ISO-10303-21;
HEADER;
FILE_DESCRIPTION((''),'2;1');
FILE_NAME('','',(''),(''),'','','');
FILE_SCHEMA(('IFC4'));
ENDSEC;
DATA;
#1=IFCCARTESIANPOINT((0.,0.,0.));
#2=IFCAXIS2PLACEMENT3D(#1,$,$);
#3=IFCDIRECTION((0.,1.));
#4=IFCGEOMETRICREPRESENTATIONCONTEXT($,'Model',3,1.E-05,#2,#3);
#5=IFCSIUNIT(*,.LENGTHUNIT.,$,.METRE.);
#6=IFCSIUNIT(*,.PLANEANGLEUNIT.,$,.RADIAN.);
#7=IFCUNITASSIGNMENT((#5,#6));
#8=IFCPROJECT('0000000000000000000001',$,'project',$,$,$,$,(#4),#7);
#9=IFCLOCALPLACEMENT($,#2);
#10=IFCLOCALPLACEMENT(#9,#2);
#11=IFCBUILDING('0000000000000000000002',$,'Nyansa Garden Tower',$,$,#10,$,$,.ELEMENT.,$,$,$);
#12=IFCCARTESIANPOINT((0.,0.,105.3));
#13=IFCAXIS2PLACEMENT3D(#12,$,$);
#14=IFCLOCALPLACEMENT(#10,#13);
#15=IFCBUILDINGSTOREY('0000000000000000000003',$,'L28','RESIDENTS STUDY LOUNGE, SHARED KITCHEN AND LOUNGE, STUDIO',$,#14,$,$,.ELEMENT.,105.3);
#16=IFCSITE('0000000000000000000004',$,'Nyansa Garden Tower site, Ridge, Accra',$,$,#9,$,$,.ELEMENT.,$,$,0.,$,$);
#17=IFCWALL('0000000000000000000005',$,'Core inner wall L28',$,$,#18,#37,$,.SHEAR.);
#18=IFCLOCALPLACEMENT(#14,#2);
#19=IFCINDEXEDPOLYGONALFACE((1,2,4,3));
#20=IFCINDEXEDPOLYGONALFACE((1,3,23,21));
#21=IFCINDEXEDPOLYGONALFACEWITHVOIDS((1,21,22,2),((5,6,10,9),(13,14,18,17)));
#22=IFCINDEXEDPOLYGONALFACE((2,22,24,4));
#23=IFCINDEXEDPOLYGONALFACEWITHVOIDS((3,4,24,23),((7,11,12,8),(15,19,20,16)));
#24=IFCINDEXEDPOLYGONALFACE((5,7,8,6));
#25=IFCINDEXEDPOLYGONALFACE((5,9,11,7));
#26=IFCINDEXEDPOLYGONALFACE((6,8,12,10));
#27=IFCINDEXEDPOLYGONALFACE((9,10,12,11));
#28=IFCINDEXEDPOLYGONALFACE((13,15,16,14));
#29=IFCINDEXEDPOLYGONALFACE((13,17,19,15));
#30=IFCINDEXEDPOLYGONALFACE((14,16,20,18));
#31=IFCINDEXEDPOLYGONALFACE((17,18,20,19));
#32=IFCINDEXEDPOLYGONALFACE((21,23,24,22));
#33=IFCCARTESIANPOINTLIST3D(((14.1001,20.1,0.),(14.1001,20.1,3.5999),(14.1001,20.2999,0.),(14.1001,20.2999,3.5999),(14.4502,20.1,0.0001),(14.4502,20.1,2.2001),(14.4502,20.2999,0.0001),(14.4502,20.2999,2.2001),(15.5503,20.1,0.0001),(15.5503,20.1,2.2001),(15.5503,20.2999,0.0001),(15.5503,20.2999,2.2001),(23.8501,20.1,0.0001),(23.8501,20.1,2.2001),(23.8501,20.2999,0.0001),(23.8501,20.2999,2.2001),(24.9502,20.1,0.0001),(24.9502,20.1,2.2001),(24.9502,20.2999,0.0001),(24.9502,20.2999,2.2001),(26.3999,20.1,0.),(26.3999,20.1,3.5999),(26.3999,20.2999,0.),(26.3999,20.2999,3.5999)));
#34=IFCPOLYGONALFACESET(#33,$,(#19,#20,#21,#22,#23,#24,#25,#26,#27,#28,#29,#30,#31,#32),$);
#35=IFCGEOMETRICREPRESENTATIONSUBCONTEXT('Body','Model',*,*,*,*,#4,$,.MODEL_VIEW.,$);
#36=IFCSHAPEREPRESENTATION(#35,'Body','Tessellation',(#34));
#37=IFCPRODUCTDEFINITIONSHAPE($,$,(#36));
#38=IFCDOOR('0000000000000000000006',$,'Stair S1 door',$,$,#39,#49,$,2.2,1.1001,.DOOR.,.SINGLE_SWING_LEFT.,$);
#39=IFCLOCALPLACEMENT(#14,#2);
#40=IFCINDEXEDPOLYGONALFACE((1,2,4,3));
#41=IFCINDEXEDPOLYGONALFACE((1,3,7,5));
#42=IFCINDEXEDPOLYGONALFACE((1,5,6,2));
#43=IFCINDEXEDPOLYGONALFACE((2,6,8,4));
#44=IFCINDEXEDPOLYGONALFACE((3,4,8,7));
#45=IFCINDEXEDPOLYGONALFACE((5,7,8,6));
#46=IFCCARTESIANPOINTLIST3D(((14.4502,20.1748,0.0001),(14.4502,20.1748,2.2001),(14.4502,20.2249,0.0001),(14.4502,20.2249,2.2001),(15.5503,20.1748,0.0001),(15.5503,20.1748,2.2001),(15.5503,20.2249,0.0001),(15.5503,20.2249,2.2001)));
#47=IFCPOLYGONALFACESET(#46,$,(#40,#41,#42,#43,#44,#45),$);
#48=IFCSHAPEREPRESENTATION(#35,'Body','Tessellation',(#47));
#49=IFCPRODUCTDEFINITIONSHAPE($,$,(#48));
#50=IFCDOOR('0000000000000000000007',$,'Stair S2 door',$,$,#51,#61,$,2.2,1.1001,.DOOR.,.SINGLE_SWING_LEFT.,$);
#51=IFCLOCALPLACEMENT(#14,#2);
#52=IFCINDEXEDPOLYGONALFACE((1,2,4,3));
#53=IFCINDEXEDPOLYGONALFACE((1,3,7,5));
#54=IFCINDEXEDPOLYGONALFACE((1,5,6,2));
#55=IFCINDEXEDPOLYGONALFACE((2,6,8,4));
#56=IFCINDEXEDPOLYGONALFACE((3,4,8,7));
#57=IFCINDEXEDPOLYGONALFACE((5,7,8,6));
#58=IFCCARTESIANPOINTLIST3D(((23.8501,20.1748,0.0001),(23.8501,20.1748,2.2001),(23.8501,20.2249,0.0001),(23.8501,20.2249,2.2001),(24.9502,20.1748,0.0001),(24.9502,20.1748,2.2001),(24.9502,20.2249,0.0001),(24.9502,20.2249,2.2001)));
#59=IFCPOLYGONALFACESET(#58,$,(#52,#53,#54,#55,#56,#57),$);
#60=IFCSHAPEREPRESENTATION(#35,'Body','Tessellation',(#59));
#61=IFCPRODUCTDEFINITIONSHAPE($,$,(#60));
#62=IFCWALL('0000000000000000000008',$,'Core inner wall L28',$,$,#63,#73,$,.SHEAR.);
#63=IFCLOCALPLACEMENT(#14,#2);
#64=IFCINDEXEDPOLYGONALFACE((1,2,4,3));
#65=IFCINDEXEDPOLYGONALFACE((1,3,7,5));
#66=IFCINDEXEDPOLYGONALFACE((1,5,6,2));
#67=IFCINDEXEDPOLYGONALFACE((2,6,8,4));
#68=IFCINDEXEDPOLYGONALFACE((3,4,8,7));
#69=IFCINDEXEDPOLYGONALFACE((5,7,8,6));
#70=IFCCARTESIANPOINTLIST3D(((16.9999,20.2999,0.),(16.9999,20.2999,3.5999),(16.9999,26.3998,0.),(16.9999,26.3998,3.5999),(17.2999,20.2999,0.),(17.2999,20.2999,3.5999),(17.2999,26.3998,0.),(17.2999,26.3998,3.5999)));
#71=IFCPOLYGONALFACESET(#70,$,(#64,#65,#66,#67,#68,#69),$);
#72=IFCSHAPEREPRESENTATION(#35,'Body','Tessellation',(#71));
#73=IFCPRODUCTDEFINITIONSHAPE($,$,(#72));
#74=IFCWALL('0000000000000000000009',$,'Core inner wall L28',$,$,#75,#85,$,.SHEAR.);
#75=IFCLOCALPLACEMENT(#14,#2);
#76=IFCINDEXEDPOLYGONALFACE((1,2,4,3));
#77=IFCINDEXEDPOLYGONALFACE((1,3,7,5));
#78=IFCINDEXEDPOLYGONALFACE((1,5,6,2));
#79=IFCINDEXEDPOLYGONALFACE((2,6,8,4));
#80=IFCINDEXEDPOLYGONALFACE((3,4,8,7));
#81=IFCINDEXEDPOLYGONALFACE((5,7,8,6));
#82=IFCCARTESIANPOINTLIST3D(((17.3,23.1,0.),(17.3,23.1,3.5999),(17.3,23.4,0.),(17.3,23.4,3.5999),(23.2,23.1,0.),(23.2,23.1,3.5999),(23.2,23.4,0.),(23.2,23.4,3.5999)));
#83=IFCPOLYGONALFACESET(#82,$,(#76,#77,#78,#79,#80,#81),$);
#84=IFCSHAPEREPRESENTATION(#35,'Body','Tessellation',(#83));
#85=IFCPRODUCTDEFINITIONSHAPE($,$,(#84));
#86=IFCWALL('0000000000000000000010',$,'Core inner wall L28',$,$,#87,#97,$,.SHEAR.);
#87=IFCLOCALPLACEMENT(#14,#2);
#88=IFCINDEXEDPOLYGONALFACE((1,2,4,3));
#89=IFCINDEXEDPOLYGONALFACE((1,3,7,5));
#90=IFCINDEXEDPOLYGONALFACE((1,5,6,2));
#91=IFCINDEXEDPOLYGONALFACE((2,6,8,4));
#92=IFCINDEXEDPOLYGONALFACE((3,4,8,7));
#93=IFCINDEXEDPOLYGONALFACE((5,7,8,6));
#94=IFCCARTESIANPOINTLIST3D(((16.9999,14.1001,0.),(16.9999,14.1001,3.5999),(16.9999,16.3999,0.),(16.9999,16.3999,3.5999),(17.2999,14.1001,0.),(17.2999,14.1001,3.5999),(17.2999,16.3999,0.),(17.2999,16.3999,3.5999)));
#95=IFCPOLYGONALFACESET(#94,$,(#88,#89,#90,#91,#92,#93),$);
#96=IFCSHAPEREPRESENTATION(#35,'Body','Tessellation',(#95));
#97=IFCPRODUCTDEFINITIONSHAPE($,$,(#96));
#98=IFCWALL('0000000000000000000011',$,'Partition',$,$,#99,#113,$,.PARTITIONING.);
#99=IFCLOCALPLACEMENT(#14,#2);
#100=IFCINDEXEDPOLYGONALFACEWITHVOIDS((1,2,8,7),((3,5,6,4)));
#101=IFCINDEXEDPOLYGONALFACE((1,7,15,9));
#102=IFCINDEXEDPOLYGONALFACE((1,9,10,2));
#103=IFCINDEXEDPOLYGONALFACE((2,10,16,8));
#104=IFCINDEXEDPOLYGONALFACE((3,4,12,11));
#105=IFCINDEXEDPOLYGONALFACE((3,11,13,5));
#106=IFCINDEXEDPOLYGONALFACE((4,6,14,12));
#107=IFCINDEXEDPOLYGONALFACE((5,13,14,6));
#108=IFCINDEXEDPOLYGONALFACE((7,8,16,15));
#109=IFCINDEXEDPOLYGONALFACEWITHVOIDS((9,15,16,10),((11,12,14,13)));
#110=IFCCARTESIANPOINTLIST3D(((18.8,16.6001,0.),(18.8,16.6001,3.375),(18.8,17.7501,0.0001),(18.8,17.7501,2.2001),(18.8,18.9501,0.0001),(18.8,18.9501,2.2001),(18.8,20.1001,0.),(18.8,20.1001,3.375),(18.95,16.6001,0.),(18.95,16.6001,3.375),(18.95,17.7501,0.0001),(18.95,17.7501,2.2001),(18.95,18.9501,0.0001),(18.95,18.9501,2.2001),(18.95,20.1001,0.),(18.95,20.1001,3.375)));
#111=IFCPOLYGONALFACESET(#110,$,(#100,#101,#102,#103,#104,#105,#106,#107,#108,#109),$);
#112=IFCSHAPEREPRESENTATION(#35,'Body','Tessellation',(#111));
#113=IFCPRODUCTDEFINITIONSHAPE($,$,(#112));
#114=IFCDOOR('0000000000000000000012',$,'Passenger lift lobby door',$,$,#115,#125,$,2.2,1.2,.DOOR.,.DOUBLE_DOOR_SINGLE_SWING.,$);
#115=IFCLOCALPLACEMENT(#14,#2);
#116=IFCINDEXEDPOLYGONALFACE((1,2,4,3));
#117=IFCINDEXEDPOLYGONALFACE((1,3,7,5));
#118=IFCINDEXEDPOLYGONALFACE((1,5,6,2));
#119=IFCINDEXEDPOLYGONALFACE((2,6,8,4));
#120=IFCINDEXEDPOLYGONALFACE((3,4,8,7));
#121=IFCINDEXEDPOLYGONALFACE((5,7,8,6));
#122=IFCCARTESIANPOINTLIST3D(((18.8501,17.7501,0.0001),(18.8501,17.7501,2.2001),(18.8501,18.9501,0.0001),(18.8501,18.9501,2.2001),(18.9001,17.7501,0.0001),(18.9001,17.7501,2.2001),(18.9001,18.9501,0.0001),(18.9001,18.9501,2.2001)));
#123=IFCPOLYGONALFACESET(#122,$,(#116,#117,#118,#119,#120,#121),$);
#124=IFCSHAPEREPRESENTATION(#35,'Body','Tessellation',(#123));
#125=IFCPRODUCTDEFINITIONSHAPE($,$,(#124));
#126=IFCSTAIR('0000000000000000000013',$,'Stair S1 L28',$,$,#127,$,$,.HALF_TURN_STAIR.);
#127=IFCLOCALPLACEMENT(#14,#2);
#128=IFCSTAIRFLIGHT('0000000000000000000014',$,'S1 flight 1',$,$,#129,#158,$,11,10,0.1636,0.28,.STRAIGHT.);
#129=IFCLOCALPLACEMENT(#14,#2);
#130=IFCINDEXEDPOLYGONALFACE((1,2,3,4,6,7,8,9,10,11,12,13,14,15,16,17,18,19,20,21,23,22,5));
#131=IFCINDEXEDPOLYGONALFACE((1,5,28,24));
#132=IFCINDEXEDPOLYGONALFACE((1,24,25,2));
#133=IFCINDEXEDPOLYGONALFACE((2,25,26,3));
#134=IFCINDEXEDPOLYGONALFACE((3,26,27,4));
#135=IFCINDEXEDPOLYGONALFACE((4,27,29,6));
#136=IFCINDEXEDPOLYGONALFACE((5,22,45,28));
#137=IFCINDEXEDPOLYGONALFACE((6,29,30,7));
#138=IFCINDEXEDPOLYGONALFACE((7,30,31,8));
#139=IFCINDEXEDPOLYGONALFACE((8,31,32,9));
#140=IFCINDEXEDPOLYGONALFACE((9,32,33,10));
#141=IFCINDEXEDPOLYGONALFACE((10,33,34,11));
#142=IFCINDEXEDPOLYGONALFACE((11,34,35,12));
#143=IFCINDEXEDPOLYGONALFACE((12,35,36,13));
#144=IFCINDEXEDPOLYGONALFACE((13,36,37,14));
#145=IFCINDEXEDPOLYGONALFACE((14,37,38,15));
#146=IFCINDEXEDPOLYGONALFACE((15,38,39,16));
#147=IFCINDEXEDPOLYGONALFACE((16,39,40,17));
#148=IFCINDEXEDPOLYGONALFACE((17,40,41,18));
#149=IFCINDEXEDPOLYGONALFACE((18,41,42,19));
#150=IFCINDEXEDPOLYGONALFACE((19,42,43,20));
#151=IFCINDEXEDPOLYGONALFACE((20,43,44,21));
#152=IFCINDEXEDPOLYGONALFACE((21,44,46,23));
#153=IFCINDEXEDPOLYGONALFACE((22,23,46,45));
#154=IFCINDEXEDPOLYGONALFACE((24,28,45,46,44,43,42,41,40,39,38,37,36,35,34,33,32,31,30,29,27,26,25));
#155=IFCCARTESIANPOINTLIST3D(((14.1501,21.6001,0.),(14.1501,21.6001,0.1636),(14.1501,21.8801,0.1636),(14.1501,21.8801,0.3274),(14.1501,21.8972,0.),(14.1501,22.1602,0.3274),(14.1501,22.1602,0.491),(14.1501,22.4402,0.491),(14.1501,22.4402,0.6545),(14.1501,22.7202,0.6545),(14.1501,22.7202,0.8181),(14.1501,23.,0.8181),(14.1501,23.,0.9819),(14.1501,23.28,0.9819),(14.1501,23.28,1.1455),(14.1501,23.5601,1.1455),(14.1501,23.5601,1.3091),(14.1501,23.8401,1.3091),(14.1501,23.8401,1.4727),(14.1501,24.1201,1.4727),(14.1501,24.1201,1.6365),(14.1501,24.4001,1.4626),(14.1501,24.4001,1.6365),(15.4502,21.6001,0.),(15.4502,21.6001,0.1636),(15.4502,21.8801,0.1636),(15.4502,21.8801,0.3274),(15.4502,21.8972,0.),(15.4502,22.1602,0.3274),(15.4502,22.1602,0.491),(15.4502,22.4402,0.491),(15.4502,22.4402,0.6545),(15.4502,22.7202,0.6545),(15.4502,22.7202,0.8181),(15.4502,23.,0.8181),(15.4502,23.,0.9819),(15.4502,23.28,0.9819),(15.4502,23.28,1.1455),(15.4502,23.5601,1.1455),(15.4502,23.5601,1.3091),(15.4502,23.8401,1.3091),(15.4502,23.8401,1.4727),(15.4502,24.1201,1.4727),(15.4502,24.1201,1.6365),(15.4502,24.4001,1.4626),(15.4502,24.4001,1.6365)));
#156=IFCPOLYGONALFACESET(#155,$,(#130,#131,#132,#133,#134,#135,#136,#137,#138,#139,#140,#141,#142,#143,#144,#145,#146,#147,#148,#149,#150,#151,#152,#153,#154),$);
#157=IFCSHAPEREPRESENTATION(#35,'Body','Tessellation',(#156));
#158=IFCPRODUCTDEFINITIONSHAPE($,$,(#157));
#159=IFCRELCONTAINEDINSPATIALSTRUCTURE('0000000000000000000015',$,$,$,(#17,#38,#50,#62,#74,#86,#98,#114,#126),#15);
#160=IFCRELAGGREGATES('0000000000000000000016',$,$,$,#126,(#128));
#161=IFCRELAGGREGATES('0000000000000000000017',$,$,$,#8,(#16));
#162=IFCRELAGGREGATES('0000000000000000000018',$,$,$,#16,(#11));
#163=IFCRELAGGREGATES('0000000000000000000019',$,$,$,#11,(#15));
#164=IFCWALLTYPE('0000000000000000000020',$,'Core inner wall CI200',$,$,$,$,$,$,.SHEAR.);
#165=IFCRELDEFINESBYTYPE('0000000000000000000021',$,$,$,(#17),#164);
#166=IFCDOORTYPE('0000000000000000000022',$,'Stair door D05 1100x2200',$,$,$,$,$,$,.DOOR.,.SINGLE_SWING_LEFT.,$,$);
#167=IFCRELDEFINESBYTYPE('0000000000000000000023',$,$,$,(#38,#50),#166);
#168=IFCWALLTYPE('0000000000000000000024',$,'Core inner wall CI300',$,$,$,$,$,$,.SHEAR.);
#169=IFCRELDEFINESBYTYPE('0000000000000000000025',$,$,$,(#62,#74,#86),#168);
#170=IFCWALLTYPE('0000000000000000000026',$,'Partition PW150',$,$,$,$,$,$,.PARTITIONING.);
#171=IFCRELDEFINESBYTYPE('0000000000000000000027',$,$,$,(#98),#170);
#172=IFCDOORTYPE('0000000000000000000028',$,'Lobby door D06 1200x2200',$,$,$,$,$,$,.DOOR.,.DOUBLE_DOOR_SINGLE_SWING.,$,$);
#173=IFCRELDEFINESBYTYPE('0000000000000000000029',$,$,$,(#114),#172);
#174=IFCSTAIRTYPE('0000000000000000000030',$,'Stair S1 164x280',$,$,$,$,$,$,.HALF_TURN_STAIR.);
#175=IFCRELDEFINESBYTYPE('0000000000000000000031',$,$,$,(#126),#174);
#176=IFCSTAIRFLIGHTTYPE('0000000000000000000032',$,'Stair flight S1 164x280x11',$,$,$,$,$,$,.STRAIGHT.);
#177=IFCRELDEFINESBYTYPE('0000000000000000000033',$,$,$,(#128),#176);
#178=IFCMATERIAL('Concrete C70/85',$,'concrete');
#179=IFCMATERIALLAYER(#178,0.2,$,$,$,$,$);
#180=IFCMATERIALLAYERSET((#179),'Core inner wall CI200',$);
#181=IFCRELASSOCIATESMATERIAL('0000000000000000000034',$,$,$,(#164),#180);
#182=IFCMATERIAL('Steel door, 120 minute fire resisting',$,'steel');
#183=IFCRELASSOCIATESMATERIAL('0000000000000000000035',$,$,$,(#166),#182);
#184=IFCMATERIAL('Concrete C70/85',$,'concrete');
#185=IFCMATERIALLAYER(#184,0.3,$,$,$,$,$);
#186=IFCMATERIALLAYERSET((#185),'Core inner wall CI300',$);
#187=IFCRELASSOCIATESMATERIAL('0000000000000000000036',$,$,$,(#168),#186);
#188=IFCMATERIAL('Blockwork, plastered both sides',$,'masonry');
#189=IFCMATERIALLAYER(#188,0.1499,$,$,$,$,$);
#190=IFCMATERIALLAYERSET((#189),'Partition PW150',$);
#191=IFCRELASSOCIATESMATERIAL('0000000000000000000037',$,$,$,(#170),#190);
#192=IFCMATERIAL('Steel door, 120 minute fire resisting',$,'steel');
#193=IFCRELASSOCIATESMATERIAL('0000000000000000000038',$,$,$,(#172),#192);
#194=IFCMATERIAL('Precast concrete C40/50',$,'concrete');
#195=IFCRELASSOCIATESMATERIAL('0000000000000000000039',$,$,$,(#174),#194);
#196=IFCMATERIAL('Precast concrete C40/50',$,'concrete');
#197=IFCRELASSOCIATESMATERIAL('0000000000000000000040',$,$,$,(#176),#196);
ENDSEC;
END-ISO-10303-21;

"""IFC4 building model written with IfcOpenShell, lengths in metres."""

from ifc_helpers import new_model, si_unit, direction, frame, frame_2d, origin, place, context, subcontext, project, spatial, polyline, rectangle, outline, extrude, material, layer, layer_set, type_object, element, fill, aggregate, save


model = new_model("IFC4")

# Units and contexts
model_context = context("Model", 3, precision=1e-05, world=origin(), true_north=direction((0.0, 1.0)))
body_context = subcontext(model_context, "Body", "Model", "MODEL_VIEW")
ifc_project = project(units=[si_unit("LENGTHUNIT", "METRE"), si_unit("PLANEANGLEUNIT", "RADIAN")], contexts=[model_context])

# Site, building, storey
site_placement = place(None, origin())
site = spatial("IfcSite", under=ifc_project, at=site_placement, Name="Nyansa Garden Tower site, Ridge, Accra", CompositionType="ELEMENT", RefElevation=0.0)
building_placement = place(site_placement, origin())
building = spatial("IfcBuilding", under=site, at=building_placement, Name="Nyansa Garden Tower", CompositionType="ELEMENT")
storey_placement = place(building_placement, frame((0.0, 0.0, 105.3)))
storey = spatial("IfcBuildingStorey", under=building, at=storey_placement, Name="L28", Description="RESIDENTS STUDY LOUNGE, SHARED KITCHEN AND LOUNGE, STUDIO", CompositionType="ELEMENT", Elevation=105.3)

# Wall, openings, doors
ifc_material_1 = material(Name="Concrete C70/85", Category="concrete")
ifc_layer_1 = layer(ifc_material_1, 0.2)
ifc_layer_set_1 = layer_set([ifc_layer_1], Name="Core inner wall CI200")
wall_type_1 = type_object("IfcWallType", Name="Core inner wall CI200", PredefinedType="SHEAR", material=ifc_layer_set_1)
wall_1_placement = place(storey_placement, frame((14.1001, 20.2, 0.0), z_axis=(0.0, 0.0, 1.0), x_axis=(1.0, 0.0, 0.0)))
wall_1 = element("IfcWall", 1, at=wall_1_placement, inside=storey, type_object=wall_type_1, Name="Core inner wall L28", PredefinedType="SHEAR", context=body_context, shape_type="SweptSolid", body=[
    extrude(rectangle(XDim=12.2998, YDim=0.2, at=frame_2d((6.1499, 0.0))), origin(), (0.0, 0.0, 1.0), 3.5999),
])
opening_1_placement = place(wall_1_placement, frame((0.3501, 0.0, 0.0)))
opening_1 = element("IfcOpeningElement", 2, at=opening_1_placement, cuts=wall_1, PredefinedType="OPENING", context=body_context, shape_type="SweptSolid", body=[
    extrude(rectangle(XDim=1.1001, YDim=2.2, at=frame_2d((0.55, 1.1001))), frame((0.0, 0.1099, 0.0), z_axis=(0.0, -1.0, 0.0), x_axis=(1.0, 0.0, 0.0)), (0.0, 0.0, 1.0), 0.22),
])
opening_2_placement = place(wall_1_placement, frame((9.75, 0.0, 0.0)))
opening_2 = element("IfcOpeningElement", 3, at=opening_2_placement, cuts=wall_1, PredefinedType="OPENING", context=body_context, shape_type="SweptSolid", body=[
    extrude(rectangle(XDim=1.1001, YDim=2.2, at=frame_2d((0.55, 1.1001))), frame((0.0, 0.1099, 0.0), z_axis=(0.0, -1.0, 0.0), x_axis=(1.0, 0.0, 0.0)), (0.0, 0.0, 1.0), 0.22),
])
ifc_material_2 = material(Name="Steel door, 120 minute fire resisting", Category="steel")
door_type_1 = type_object("IfcDoorType", Name="Stair door D05 1100x2200", OperationType="SINGLE_SWING_LEFT", PredefinedType="DOOR", material=ifc_material_2)
door_1_placement = place(opening_1_placement, origin())
door_1 = element("IfcDoor", 4, at=door_1_placement, inside=storey, type_object=door_type_1, Name="Stair S1 door", OperationType="SINGLE_SWING_LEFT", OverallHeight=2.2, OverallWidth=1.1001, PredefinedType="DOOR", context=body_context, shape_type="SweptSolid", body=[
    extrude(rectangle(XDim=1.1001, YDim=2.2, at=frame_2d((0.55, 1.1001))), frame((0.0, 0.0249, 0.0), z_axis=(0.0, -1.0, 0.0), x_axis=(1.0, 0.0, 0.0)), (0.0, 0.0, 1.0), 0.05),
])
fill(opening_1, door_1)
door_2_placement = place(opening_2_placement, origin())
door_2 = element("IfcDoor", 5, at=door_2_placement, inside=storey, type_object=door_type_1, Name="Stair S2 door", OperationType="SINGLE_SWING_LEFT", OverallHeight=2.2, OverallWidth=1.1001, PredefinedType="DOOR", context=body_context, shape_type="SweptSolid", body=[
    extrude(rectangle(XDim=1.1001, YDim=2.2, at=frame_2d((0.55, 1.1001))), frame((0.0, 0.0249, 0.0), z_axis=(0.0, -1.0, 0.0), x_axis=(1.0, 0.0, 0.0)), (0.0, 0.0, 1.0), 0.05),
])
fill(opening_2, door_2)

# Walls
ifc_material_3 = material(Name="Concrete C70/85", Category="concrete")
ifc_layer_2 = layer(ifc_material_3, 0.3)
ifc_layer_set_2 = layer_set([ifc_layer_2], Name="Core inner wall CI300")
wall_type_2 = type_object("IfcWallType", Name="Core inner wall CI300", PredefinedType="SHEAR", material=ifc_layer_set_2)
wall_2_placement = place(storey_placement, frame((17.1499, 20.3, 0.0), z_axis=(0.0, 0.0, 1.0), x_axis=(0.0, 1.0, 0.0)))
element("IfcWall", 6, at=wall_2_placement, inside=storey, type_object=wall_type_2, Name="Core inner wall L28", PredefinedType="SHEAR", context=body_context, shape_type="SweptSolid", body=[
    extrude(rectangle(XDim=6.0999, YDim=0.3, at=frame_2d((3.0498, 0.0))), origin(), (0.0, 0.0, 1.0), 3.5999),
])
wall_3_placement = place(storey_placement, frame((17.3, 23.25, 0.0), z_axis=(0.0, 0.0, 1.0), x_axis=(1.0, 0.0, 0.0)))
element("IfcWall", 7, at=wall_3_placement, inside=storey, type_object=wall_type_2, Name="Core inner wall L28", PredefinedType="SHEAR", context=body_context, shape_type="SweptSolid", body=[
    extrude(rectangle(XDim=5.8999, YDim=0.3, at=frame_2d((2.95, 0.0))), origin(), (0.0, 0.0, 1.0), 3.5999),
])
wall_4_placement = place(storey_placement, frame((17.1499, 14.1001, 0.0), z_axis=(0.0, 0.0, 1.0), x_axis=(0.0, 1.0, 0.0)))
element("IfcWall", 8, at=wall_4_placement, inside=storey, type_object=wall_type_2, Name="Core inner wall L28", PredefinedType="SHEAR", context=body_context, shape_type="SweptSolid", body=[
    extrude(rectangle(XDim=2.2998, YDim=0.3, at=frame_2d((1.1499, 0.0))), origin(), (0.0, 0.0, 1.0), 3.5999),
])

# Wall, opening, door
ifc_material_4 = material(Name="Blockwork, plastered both sides", Category="masonry")
ifc_layer_3 = layer(ifc_material_4, 0.1499)
ifc_layer_set_3 = layer_set([ifc_layer_3], Name="Partition PW150")
wall_type_3 = type_object("IfcWallType", Name="Partition PW150", PredefinedType="PARTITIONING", material=ifc_layer_set_3)
wall_5_placement = place(storey_placement, frame((18.875, 16.6001, 0.0), z_axis=(0.0, 0.0, 1.0), x_axis=(0.0, 1.0, 0.0)))
wall_5 = element("IfcWall", 9, at=wall_5_placement, inside=storey, type_object=wall_type_3, Name="Partition", PredefinedType="PARTITIONING", context=body_context, shape_type="SweptSolid", body=[
    extrude(rectangle(XDim=3.5, YDim=0.1499, at=frame_2d((1.75, 0.0))), origin(), (0.0, 0.0, 1.0), 3.375),
])
opening_3_placement = place(wall_5_placement, frame((1.1499, 0.0, 0.0)))
opening_3 = element("IfcOpeningElement", 10, at=opening_3_placement, cuts=wall_5, PredefinedType="OPENING", context=body_context, shape_type="SweptSolid", body=[
    extrude(rectangle(XDim=1.2, YDim=2.2, at=frame_2d((0.6001, 1.1001))), frame((0.0, 0.085, 0.0), z_axis=(0.0, -1.0, 0.0), x_axis=(1.0, 0.0, 0.0)), (0.0, 0.0, 1.0), 0.1699),
])
ifc_material_5 = material(Name="Steel door, 120 minute fire resisting", Category="steel")
door_type_2 = type_object("IfcDoorType", Name="Lobby door D06 1200x2200", OperationType="DOUBLE_DOOR_SINGLE_SWING", PredefinedType="DOOR", material=ifc_material_5)
door_3_placement = place(opening_3_placement, origin())
door_3 = element("IfcDoor", 11, at=door_3_placement, inside=storey, type_object=door_type_2, Name="Passenger lift lobby door", OperationType="DOUBLE_DOOR_SINGLE_SWING", OverallHeight=2.2, OverallWidth=1.2, PredefinedType="DOOR", context=body_context, shape_type="SweptSolid", body=[
    extrude(rectangle(XDim=1.2, YDim=2.2, at=frame_2d((0.6001, 1.1001))), frame((0.0, 0.0249, 0.0), z_axis=(0.0, -1.0, 0.0), x_axis=(1.0, 0.0, 0.0)), (0.0, 0.0, 1.0), 0.05),
])
fill(opening_3, door_3)

# Stair, stair flight
ifc_material_6 = material(Name="Precast concrete C40/50", Category="concrete")
stair_type = type_object("IfcStairType", Name="Stair S1 164x280", PredefinedType="HALF_TURN_STAIR", material=ifc_material_6)
stair_placement = place(storey_placement, origin())
stair = element("IfcStair", 12, at=stair_placement, inside=storey, type_object=stair_type, Name="Stair S1 L28", PredefinedType="HALF_TURN_STAIR")
ifc_material_7 = material(Name="Precast concrete C40/50", Category="concrete")
stair_flight_type = type_object("IfcStairFlightType", Name="Stair flight S1 164x280x11", PredefinedType="STRAIGHT", material=ifc_material_7)
stair_flight_1_placement = place(storey_placement, frame((14.8, 21.6001, 0.0), z_axis=(0.0, 0.0, 1.0), x_axis=(0.0, 1.0, 0.0)))
stair_flight_1 = element("IfcStairFlight", 13, at=stair_flight_1_placement, type_object=stair_flight_type, Name="S1 flight 1", NumberOfRisers=11, NumberOfTreads=10, PredefinedType="STRAIGHT", RiserHeight=0.1636, TreadLength=0.28, context=body_context, shape_type="SweptSolid", body=[
    extrude(outline(polyline([(0.0, 0.0), (0.0, 0.1636), (0.28, 0.1636), (0.28, 0.3274), (0.5601, 0.3274), (0.5601, 0.491), (0.8401, 0.491), (0.8401, 0.6545), (1.1201, 0.6545), (1.1201, 0.8181), (1.3999, 0.8181), (1.3999, 0.9819), (1.6799, 0.9819), (1.6799, 1.1455), (1.96, 1.1455), (1.96, 1.3091), (2.24, 1.3091), (2.24, 1.4727), (2.52, 1.4727), (2.52, 1.6365), (2.8, 1.6365), (2.8, 1.8), (2.8, 1.4626), (0.2971, 0.0), (0.0, 0.0)])), frame((0.0, 0.6499, 0.0), z_axis=(0.0, -1.0, 0.0), x_axis=(1.0, 0.0, 0.0)), (0.0, 0.0, 1.0), 1.3),
])
aggregate(stair, [stair_flight_1])

save(model, "model.ifc")
